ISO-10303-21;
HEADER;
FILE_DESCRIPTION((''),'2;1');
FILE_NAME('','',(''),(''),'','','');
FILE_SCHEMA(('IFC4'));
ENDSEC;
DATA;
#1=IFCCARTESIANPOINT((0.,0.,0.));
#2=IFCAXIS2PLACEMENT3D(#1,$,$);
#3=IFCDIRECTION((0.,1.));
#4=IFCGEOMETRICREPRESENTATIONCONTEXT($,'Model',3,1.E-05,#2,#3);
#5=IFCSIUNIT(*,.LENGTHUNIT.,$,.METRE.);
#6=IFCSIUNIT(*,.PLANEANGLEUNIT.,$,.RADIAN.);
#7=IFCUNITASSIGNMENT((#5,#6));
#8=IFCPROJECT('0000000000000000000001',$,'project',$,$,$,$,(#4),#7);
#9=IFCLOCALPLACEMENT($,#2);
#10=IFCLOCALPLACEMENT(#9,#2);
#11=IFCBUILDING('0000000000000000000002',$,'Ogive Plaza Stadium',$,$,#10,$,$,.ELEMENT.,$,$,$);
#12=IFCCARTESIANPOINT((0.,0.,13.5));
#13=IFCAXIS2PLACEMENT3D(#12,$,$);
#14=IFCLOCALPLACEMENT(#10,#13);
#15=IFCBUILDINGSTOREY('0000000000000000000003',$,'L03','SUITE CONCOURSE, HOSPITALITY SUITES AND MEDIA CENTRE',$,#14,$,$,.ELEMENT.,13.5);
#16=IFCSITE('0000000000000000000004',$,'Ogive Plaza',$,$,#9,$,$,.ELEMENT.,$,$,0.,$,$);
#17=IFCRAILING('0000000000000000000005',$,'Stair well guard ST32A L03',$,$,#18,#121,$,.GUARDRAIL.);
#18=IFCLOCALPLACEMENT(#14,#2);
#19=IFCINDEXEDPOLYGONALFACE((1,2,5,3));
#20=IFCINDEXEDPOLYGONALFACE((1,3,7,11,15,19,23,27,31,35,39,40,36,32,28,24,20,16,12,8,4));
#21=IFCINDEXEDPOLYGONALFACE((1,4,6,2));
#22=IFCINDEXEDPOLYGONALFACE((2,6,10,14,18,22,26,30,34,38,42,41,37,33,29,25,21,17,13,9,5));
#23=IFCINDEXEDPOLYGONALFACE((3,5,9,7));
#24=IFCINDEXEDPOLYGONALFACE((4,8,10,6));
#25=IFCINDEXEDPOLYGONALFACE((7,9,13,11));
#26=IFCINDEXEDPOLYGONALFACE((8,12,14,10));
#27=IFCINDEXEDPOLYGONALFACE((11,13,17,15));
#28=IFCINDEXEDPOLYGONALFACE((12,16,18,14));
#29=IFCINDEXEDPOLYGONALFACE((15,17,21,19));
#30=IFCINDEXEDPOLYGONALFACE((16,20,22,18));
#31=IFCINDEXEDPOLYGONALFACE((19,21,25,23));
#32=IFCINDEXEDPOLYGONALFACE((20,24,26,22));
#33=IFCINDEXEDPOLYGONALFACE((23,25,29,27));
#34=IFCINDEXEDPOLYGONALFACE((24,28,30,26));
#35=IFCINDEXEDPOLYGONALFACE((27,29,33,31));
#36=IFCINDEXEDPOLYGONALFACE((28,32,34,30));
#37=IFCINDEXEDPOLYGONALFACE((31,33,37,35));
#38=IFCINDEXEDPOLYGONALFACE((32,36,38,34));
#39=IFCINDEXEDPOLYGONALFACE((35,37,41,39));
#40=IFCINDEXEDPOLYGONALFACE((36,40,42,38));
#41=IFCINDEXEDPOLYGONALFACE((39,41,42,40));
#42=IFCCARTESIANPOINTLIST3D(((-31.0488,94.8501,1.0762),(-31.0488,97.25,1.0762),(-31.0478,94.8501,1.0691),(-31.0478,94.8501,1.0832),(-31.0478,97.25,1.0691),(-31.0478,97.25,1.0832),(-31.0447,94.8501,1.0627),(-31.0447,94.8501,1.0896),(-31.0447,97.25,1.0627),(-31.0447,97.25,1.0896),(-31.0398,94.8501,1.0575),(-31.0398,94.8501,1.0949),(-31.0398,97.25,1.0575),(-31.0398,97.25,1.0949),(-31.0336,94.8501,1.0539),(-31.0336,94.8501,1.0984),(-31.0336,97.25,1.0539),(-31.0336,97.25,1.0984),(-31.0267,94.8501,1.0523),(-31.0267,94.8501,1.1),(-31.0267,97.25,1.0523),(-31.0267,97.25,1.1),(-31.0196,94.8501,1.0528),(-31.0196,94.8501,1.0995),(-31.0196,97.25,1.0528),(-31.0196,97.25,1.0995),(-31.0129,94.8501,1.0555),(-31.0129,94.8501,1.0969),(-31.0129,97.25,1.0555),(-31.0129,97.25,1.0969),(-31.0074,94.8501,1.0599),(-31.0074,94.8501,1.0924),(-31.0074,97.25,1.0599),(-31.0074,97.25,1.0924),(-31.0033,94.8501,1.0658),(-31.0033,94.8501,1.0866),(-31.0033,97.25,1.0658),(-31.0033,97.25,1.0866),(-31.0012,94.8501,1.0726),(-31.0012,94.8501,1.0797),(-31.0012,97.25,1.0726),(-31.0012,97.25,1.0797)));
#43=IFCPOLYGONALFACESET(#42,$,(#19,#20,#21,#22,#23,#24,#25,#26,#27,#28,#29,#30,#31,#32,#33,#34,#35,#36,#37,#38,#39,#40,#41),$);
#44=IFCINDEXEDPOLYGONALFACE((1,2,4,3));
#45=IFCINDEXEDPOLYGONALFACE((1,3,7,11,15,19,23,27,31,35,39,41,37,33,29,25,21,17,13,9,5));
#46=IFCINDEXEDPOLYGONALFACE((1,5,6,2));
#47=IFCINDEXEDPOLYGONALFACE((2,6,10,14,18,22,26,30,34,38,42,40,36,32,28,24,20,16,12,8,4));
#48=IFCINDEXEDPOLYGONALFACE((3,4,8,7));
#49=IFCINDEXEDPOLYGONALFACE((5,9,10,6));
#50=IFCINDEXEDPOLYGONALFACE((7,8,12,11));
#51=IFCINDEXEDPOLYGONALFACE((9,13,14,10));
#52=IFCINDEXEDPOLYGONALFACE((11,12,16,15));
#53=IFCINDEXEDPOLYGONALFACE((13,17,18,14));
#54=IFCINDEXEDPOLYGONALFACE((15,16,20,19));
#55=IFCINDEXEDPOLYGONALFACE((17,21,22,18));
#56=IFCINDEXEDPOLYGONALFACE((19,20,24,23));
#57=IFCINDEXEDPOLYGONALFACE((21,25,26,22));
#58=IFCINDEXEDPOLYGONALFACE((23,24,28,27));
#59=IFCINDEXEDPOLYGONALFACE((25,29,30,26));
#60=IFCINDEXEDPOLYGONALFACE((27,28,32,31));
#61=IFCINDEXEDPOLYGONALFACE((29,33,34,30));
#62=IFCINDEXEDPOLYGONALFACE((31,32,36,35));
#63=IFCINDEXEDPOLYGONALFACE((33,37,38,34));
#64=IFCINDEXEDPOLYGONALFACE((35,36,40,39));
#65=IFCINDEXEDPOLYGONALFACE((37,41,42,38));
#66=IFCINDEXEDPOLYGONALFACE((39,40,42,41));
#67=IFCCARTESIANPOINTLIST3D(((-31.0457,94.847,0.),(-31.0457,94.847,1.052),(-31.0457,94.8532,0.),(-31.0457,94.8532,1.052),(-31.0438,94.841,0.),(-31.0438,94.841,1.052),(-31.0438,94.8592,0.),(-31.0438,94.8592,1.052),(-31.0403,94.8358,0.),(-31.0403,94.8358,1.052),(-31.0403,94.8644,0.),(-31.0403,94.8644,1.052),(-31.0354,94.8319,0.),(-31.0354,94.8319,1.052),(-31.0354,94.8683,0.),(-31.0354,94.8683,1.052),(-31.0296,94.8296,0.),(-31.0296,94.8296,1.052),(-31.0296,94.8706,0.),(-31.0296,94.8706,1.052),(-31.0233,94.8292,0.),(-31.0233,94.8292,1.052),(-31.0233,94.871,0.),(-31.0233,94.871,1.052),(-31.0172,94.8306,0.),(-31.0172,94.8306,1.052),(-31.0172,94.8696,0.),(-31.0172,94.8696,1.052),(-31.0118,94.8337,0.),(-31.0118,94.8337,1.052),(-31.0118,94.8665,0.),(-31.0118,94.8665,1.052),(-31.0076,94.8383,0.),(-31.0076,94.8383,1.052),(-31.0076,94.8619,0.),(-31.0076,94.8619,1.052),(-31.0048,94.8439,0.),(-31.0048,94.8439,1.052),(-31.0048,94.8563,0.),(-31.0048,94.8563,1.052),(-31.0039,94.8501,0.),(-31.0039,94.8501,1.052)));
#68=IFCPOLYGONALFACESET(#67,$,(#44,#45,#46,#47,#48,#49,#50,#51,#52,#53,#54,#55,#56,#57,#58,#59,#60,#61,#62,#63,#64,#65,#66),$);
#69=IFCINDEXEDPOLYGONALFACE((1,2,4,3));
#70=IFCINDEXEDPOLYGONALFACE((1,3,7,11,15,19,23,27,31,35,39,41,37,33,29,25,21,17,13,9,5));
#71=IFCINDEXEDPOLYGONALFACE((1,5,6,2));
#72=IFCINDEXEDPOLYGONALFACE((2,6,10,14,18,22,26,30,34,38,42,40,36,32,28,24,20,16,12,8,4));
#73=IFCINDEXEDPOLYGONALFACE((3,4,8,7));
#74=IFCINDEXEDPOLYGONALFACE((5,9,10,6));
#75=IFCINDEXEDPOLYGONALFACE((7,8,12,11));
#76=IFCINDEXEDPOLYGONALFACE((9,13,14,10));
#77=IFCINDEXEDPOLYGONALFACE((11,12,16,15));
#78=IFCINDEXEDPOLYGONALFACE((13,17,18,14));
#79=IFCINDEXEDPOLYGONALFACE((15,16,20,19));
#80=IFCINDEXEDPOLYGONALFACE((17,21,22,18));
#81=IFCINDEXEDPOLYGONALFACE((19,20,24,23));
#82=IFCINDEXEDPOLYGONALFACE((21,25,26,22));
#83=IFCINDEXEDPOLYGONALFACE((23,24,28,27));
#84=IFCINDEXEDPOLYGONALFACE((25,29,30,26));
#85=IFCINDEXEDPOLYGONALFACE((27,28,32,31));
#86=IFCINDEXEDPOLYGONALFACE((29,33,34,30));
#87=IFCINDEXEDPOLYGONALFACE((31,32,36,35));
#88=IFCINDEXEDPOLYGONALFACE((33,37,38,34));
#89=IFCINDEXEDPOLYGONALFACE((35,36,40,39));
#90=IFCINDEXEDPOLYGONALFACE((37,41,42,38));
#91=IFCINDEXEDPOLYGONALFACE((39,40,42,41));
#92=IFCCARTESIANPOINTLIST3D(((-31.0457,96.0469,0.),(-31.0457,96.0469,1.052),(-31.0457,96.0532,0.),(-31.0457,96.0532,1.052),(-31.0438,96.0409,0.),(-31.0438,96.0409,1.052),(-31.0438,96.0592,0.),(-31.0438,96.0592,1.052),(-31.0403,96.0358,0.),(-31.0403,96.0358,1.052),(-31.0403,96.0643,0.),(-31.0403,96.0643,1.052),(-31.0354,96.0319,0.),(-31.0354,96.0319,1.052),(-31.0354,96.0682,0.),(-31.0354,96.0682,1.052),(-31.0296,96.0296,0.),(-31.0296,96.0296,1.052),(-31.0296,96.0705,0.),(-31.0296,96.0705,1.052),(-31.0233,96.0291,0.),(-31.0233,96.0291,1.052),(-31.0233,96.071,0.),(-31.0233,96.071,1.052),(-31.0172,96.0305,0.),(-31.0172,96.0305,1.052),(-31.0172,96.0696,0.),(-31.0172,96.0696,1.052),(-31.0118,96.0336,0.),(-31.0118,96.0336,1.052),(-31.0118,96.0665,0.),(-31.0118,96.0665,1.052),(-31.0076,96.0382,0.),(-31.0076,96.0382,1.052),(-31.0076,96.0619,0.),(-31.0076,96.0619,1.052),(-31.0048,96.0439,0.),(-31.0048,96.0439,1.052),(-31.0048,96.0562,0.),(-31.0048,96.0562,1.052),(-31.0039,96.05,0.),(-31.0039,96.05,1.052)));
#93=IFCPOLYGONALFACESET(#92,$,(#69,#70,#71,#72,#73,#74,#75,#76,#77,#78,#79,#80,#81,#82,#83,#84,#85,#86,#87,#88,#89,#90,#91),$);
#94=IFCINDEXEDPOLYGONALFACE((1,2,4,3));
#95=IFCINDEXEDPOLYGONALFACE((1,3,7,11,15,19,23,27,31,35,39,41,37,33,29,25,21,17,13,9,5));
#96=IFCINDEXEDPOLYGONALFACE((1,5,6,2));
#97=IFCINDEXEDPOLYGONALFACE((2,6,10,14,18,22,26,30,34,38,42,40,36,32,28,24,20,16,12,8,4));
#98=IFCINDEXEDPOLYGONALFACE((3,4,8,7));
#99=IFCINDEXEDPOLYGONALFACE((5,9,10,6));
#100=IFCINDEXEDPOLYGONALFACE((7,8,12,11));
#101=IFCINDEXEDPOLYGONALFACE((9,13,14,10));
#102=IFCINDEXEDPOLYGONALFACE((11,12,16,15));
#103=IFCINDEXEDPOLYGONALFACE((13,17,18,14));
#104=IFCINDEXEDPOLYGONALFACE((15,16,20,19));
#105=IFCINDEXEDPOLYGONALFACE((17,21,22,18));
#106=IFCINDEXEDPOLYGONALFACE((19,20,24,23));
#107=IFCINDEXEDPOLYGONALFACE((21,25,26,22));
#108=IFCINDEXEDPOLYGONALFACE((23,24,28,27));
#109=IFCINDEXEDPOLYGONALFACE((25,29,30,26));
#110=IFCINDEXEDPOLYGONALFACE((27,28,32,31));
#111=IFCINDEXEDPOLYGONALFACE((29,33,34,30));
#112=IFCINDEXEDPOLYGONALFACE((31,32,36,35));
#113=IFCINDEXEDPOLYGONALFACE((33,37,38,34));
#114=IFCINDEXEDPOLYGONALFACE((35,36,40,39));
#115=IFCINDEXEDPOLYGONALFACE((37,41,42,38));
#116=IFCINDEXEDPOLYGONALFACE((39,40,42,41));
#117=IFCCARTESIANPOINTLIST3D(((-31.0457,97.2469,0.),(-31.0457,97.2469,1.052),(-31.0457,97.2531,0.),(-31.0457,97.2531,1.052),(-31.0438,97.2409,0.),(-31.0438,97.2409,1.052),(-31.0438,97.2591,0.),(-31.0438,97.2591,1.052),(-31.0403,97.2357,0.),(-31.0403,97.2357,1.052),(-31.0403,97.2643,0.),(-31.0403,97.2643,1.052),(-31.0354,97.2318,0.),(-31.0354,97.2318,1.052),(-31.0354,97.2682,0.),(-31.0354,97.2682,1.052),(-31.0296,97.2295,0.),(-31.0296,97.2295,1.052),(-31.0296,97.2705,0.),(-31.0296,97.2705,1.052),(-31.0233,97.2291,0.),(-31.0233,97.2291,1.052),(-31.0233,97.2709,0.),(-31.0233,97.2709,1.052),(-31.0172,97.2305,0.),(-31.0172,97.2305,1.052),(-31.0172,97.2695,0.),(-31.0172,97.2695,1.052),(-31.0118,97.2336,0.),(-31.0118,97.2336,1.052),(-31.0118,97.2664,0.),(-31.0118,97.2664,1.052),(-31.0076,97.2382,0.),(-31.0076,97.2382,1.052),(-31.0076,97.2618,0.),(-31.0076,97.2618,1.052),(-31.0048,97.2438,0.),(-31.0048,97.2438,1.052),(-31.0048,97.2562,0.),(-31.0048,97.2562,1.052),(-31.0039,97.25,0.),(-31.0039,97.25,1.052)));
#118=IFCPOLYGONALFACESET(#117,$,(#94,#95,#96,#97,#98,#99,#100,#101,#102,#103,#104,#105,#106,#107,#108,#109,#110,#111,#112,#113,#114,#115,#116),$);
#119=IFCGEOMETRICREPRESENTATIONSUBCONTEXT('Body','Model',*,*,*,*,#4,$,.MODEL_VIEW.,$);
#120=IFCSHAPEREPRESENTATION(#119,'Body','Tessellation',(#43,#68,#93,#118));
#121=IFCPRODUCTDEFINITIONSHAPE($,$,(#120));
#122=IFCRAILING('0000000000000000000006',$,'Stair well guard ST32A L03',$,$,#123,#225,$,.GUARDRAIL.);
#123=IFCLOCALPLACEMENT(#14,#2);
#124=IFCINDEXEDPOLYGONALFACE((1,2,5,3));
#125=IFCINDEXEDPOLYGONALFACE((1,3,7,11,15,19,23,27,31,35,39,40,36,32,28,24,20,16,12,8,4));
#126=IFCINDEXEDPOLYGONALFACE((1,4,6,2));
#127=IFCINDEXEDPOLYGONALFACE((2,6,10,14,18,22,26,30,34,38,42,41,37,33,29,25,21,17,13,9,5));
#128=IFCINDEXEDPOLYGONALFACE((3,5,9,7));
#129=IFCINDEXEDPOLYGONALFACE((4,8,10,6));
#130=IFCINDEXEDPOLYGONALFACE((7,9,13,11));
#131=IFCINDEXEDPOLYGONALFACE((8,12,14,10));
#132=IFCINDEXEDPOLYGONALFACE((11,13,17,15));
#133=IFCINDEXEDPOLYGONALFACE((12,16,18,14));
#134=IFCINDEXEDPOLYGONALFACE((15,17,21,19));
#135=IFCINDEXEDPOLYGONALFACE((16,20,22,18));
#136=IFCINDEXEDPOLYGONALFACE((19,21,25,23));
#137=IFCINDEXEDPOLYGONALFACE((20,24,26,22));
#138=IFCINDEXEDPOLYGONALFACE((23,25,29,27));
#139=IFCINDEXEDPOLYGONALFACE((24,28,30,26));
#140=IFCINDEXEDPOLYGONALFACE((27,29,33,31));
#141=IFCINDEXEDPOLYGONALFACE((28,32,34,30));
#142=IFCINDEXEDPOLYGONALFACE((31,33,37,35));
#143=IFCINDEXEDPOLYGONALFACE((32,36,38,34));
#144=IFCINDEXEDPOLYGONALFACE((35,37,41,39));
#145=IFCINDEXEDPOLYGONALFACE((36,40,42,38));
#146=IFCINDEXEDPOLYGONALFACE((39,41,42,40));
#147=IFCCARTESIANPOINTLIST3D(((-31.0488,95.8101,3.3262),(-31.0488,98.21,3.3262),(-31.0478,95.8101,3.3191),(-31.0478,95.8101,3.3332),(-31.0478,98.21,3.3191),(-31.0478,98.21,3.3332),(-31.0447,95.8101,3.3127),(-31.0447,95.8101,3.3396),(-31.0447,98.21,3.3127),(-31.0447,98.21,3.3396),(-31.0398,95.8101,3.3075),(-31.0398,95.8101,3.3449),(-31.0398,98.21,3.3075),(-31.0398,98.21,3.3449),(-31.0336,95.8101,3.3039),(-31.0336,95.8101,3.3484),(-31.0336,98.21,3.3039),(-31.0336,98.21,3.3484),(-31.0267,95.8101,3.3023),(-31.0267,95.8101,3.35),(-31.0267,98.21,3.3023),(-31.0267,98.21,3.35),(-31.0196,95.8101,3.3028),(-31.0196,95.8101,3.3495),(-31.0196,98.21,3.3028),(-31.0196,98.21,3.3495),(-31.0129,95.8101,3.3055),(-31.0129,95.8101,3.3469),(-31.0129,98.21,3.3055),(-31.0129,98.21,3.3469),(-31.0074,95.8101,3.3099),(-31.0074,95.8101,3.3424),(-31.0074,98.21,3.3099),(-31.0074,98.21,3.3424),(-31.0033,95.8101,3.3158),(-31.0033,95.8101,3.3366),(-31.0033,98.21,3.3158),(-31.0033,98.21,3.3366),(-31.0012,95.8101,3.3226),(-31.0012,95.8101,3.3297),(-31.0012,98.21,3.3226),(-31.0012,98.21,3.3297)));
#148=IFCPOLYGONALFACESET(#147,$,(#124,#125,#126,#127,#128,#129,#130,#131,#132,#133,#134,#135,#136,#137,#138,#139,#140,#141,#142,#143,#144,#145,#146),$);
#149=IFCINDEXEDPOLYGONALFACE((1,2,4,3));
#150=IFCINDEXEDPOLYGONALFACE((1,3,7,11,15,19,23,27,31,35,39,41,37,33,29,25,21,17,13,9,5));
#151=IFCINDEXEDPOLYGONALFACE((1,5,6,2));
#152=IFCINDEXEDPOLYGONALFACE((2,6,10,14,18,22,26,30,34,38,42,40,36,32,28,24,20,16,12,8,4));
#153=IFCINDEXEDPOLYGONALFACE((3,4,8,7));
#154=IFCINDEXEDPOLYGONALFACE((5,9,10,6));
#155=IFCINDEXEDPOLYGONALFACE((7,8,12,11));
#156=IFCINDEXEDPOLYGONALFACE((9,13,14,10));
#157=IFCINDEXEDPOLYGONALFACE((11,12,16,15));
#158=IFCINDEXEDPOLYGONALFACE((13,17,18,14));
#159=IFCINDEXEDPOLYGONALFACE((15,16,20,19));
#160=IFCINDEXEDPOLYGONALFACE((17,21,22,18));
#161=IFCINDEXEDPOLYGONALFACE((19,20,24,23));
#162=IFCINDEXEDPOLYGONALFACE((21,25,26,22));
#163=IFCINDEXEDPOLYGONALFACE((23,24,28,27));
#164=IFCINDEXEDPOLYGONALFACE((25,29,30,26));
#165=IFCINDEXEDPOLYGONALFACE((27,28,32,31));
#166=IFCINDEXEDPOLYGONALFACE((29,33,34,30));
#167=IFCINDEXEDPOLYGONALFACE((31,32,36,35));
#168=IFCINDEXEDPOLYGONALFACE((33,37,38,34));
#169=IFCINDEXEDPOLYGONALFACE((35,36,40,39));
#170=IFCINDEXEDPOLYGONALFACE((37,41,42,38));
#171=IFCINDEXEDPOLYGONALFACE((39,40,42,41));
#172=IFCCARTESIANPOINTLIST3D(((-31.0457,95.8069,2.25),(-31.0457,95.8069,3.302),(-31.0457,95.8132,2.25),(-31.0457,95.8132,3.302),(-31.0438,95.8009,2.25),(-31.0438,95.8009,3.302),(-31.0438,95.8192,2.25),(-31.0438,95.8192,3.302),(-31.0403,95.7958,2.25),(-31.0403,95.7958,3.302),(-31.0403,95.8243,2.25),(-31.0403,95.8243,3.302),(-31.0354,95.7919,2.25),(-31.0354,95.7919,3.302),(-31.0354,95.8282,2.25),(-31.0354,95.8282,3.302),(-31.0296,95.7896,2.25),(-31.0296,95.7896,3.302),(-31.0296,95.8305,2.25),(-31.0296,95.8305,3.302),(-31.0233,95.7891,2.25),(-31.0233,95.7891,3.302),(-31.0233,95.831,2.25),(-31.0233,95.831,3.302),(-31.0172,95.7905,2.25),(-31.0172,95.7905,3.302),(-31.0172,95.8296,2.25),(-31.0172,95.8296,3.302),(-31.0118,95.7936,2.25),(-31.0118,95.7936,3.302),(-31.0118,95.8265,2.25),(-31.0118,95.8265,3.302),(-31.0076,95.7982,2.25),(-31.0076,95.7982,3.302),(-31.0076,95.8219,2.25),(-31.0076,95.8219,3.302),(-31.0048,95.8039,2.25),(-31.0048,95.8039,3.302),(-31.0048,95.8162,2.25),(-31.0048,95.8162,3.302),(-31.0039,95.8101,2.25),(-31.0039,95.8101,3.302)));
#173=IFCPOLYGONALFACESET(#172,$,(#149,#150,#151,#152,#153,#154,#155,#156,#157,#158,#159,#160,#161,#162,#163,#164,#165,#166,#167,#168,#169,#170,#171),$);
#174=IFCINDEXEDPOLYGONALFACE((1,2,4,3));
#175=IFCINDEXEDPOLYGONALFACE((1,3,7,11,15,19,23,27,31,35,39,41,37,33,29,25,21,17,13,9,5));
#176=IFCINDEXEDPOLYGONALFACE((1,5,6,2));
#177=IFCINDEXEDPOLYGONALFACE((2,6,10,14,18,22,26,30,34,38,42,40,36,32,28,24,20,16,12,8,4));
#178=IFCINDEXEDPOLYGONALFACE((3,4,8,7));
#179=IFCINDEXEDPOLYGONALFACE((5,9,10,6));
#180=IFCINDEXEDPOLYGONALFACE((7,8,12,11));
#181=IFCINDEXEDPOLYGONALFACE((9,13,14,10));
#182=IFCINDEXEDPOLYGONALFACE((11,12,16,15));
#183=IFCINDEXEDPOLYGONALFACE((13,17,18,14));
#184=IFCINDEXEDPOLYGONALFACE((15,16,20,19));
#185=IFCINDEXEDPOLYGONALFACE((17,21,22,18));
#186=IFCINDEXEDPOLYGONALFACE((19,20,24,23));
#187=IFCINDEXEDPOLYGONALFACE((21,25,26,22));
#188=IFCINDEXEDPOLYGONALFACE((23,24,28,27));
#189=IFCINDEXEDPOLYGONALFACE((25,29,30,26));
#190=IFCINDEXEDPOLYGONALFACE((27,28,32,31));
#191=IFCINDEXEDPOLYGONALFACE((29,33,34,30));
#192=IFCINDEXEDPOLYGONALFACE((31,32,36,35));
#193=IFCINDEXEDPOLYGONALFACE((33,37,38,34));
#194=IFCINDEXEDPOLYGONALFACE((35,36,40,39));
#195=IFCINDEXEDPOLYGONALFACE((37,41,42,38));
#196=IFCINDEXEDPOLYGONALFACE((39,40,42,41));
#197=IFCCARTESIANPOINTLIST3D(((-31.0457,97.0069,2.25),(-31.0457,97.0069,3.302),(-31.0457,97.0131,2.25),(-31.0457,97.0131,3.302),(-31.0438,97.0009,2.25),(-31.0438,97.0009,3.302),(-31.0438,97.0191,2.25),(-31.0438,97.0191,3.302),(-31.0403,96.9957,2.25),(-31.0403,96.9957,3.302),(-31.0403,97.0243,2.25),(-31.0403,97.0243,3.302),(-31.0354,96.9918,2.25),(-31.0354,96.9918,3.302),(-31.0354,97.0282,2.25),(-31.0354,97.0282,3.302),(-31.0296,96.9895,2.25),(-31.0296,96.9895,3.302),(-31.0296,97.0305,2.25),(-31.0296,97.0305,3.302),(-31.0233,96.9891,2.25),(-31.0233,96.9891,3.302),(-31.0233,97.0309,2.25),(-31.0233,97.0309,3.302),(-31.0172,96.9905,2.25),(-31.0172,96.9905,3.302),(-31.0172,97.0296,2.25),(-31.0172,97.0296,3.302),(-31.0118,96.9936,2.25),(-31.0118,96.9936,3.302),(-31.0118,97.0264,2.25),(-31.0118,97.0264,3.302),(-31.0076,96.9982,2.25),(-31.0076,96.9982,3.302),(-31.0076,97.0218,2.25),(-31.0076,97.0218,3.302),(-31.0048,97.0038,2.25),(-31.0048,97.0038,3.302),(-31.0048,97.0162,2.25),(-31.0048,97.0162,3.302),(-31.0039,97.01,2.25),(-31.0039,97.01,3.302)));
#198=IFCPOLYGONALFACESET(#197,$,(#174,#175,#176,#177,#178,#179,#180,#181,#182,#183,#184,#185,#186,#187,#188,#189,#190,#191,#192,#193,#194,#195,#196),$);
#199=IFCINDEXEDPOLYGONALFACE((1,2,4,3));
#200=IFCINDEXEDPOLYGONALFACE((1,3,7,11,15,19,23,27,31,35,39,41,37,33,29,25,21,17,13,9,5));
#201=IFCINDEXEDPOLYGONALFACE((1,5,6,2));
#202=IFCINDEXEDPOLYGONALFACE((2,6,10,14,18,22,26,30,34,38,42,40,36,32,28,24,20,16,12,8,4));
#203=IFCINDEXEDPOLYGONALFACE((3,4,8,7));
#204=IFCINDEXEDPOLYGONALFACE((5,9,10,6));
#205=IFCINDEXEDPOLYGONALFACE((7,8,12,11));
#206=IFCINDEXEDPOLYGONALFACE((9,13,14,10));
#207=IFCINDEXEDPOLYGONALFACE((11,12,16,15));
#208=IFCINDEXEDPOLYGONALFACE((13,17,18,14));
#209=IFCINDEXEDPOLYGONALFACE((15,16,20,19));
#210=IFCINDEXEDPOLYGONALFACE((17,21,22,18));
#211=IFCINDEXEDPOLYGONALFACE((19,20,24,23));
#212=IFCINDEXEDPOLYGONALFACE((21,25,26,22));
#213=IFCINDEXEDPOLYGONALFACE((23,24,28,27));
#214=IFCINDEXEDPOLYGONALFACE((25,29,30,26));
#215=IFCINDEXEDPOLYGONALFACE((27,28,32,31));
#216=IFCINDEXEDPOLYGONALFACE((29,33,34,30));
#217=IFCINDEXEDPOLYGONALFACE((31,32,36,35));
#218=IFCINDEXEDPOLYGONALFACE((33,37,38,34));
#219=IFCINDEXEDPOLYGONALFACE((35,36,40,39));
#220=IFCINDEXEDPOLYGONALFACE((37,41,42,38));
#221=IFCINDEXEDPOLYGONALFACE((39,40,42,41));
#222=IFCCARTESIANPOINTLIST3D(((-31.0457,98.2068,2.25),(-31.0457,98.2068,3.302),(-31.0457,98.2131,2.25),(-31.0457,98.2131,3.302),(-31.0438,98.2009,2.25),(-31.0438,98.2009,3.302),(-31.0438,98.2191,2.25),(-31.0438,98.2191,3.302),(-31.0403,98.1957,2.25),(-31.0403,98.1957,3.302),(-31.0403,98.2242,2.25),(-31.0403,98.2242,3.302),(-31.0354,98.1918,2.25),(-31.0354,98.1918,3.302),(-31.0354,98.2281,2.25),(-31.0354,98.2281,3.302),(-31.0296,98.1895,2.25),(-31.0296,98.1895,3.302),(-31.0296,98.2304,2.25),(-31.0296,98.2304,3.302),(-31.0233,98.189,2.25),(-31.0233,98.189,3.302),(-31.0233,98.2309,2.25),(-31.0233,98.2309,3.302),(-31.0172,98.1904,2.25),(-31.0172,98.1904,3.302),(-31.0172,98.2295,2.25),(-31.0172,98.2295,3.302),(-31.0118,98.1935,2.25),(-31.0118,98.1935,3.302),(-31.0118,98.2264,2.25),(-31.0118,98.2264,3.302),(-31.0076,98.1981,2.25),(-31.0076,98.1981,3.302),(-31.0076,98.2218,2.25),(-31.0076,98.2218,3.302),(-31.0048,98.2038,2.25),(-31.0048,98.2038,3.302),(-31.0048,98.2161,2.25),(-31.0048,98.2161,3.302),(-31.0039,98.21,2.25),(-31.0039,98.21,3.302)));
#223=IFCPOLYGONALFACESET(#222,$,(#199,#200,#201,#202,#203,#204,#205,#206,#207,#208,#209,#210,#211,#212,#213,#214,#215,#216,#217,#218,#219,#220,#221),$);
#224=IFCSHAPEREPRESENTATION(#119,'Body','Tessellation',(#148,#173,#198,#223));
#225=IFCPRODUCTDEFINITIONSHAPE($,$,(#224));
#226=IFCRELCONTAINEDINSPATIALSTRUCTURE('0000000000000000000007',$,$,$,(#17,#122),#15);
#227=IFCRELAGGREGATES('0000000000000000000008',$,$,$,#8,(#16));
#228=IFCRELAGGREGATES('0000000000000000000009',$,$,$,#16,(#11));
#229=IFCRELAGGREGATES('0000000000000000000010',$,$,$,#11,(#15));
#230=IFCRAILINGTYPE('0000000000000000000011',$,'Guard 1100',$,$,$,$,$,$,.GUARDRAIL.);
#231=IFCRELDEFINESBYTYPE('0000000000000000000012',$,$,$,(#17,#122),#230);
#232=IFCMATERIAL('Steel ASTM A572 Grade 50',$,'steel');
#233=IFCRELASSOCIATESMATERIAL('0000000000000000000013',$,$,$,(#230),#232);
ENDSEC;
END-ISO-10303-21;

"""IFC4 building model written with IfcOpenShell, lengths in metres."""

from ifc_helpers import new_model, si_unit, direction, frame, origin, origin_2d, place, context, subcontext, project, spatial, circle, extrude, material, type_object, element, save


model = new_model("IFC4")

# Units and contexts
model_context = context("Model", 3, precision=1e-05, world=origin(), true_north=direction((0.0, 1.0)))
body_context = subcontext(model_context, "Body", "Model", "MODEL_VIEW")
ifc_project = project(units=[si_unit("LENGTHUNIT", "METRE"), si_unit("PLANEANGLEUNIT", "RADIAN")], contexts=[model_context])

# Site, building, storey
site_placement = place(None, origin())
site = spatial("IfcSite", under=ifc_project, at=site_placement, Name="Ogive Plaza", CompositionType="ELEMENT", RefElevation=0.0)
building_placement = place(site_placement, origin())
building = spatial("IfcBuilding", under=site, at=building_placement, Name="Ogive Plaza Stadium", CompositionType="ELEMENT")
storey_placement = place(building_placement, frame((0.0, 0.0, 13.5)))
storey = spatial("IfcBuildingStorey", under=building, at=storey_placement, Name="L03", Description="SUITE CONCOURSE, HOSPITALITY SUITES AND MEDIA CENTRE", CompositionType="ELEMENT", Elevation=13.5)

# Railings
ifc_material_1 = material(Name="Steel ASTM A572 Grade 50", Category="steel")
railing_type_1 = type_object("IfcRailingType", Name="Guard 1100", PredefinedType="GUARDRAIL", material=ifc_material_1)
for number, where, name in (
    (1, (-31.0249, 94.8501, 0.0), "Stair well guard ST32A L03"),
    (2, (-31.0249, 95.8101, 2.25), "Stair well guard ST32A L03"),
):
    element("IfcRailing", number, at=place(storey_placement, frame(where)), inside=storey, type_object=railing_type_1, Name=name, PredefinedType="GUARDRAIL", context=body_context, shape_type="SweptSolid", body=[
        extrude(circle(Radius=0.0239, at=origin_2d()), frame((0.0, 0.0, 1.0762), z_axis=(0.0, 1.0, 0.0), x_axis=(-1.0, 0.0, 0.0)), (0.0, 0.0, 1.0), 2.3999),
        extrude(circle(Radius=0.021, at=origin_2d()), origin(), (0.0, 0.0, 1.0), 1.052),
        extrude(circle(Radius=0.021, at=origin_2d()), frame((0.0, 1.2, 0.0)), (0.0, 0.0, 1.0), 1.052),
        extrude(circle(Radius=0.021, at=origin_2d()), frame((0.0, 2.3999, 0.0)), (0.0, 0.0, 1.0), 1.052),
    ])

save(model, "model.ifc")
